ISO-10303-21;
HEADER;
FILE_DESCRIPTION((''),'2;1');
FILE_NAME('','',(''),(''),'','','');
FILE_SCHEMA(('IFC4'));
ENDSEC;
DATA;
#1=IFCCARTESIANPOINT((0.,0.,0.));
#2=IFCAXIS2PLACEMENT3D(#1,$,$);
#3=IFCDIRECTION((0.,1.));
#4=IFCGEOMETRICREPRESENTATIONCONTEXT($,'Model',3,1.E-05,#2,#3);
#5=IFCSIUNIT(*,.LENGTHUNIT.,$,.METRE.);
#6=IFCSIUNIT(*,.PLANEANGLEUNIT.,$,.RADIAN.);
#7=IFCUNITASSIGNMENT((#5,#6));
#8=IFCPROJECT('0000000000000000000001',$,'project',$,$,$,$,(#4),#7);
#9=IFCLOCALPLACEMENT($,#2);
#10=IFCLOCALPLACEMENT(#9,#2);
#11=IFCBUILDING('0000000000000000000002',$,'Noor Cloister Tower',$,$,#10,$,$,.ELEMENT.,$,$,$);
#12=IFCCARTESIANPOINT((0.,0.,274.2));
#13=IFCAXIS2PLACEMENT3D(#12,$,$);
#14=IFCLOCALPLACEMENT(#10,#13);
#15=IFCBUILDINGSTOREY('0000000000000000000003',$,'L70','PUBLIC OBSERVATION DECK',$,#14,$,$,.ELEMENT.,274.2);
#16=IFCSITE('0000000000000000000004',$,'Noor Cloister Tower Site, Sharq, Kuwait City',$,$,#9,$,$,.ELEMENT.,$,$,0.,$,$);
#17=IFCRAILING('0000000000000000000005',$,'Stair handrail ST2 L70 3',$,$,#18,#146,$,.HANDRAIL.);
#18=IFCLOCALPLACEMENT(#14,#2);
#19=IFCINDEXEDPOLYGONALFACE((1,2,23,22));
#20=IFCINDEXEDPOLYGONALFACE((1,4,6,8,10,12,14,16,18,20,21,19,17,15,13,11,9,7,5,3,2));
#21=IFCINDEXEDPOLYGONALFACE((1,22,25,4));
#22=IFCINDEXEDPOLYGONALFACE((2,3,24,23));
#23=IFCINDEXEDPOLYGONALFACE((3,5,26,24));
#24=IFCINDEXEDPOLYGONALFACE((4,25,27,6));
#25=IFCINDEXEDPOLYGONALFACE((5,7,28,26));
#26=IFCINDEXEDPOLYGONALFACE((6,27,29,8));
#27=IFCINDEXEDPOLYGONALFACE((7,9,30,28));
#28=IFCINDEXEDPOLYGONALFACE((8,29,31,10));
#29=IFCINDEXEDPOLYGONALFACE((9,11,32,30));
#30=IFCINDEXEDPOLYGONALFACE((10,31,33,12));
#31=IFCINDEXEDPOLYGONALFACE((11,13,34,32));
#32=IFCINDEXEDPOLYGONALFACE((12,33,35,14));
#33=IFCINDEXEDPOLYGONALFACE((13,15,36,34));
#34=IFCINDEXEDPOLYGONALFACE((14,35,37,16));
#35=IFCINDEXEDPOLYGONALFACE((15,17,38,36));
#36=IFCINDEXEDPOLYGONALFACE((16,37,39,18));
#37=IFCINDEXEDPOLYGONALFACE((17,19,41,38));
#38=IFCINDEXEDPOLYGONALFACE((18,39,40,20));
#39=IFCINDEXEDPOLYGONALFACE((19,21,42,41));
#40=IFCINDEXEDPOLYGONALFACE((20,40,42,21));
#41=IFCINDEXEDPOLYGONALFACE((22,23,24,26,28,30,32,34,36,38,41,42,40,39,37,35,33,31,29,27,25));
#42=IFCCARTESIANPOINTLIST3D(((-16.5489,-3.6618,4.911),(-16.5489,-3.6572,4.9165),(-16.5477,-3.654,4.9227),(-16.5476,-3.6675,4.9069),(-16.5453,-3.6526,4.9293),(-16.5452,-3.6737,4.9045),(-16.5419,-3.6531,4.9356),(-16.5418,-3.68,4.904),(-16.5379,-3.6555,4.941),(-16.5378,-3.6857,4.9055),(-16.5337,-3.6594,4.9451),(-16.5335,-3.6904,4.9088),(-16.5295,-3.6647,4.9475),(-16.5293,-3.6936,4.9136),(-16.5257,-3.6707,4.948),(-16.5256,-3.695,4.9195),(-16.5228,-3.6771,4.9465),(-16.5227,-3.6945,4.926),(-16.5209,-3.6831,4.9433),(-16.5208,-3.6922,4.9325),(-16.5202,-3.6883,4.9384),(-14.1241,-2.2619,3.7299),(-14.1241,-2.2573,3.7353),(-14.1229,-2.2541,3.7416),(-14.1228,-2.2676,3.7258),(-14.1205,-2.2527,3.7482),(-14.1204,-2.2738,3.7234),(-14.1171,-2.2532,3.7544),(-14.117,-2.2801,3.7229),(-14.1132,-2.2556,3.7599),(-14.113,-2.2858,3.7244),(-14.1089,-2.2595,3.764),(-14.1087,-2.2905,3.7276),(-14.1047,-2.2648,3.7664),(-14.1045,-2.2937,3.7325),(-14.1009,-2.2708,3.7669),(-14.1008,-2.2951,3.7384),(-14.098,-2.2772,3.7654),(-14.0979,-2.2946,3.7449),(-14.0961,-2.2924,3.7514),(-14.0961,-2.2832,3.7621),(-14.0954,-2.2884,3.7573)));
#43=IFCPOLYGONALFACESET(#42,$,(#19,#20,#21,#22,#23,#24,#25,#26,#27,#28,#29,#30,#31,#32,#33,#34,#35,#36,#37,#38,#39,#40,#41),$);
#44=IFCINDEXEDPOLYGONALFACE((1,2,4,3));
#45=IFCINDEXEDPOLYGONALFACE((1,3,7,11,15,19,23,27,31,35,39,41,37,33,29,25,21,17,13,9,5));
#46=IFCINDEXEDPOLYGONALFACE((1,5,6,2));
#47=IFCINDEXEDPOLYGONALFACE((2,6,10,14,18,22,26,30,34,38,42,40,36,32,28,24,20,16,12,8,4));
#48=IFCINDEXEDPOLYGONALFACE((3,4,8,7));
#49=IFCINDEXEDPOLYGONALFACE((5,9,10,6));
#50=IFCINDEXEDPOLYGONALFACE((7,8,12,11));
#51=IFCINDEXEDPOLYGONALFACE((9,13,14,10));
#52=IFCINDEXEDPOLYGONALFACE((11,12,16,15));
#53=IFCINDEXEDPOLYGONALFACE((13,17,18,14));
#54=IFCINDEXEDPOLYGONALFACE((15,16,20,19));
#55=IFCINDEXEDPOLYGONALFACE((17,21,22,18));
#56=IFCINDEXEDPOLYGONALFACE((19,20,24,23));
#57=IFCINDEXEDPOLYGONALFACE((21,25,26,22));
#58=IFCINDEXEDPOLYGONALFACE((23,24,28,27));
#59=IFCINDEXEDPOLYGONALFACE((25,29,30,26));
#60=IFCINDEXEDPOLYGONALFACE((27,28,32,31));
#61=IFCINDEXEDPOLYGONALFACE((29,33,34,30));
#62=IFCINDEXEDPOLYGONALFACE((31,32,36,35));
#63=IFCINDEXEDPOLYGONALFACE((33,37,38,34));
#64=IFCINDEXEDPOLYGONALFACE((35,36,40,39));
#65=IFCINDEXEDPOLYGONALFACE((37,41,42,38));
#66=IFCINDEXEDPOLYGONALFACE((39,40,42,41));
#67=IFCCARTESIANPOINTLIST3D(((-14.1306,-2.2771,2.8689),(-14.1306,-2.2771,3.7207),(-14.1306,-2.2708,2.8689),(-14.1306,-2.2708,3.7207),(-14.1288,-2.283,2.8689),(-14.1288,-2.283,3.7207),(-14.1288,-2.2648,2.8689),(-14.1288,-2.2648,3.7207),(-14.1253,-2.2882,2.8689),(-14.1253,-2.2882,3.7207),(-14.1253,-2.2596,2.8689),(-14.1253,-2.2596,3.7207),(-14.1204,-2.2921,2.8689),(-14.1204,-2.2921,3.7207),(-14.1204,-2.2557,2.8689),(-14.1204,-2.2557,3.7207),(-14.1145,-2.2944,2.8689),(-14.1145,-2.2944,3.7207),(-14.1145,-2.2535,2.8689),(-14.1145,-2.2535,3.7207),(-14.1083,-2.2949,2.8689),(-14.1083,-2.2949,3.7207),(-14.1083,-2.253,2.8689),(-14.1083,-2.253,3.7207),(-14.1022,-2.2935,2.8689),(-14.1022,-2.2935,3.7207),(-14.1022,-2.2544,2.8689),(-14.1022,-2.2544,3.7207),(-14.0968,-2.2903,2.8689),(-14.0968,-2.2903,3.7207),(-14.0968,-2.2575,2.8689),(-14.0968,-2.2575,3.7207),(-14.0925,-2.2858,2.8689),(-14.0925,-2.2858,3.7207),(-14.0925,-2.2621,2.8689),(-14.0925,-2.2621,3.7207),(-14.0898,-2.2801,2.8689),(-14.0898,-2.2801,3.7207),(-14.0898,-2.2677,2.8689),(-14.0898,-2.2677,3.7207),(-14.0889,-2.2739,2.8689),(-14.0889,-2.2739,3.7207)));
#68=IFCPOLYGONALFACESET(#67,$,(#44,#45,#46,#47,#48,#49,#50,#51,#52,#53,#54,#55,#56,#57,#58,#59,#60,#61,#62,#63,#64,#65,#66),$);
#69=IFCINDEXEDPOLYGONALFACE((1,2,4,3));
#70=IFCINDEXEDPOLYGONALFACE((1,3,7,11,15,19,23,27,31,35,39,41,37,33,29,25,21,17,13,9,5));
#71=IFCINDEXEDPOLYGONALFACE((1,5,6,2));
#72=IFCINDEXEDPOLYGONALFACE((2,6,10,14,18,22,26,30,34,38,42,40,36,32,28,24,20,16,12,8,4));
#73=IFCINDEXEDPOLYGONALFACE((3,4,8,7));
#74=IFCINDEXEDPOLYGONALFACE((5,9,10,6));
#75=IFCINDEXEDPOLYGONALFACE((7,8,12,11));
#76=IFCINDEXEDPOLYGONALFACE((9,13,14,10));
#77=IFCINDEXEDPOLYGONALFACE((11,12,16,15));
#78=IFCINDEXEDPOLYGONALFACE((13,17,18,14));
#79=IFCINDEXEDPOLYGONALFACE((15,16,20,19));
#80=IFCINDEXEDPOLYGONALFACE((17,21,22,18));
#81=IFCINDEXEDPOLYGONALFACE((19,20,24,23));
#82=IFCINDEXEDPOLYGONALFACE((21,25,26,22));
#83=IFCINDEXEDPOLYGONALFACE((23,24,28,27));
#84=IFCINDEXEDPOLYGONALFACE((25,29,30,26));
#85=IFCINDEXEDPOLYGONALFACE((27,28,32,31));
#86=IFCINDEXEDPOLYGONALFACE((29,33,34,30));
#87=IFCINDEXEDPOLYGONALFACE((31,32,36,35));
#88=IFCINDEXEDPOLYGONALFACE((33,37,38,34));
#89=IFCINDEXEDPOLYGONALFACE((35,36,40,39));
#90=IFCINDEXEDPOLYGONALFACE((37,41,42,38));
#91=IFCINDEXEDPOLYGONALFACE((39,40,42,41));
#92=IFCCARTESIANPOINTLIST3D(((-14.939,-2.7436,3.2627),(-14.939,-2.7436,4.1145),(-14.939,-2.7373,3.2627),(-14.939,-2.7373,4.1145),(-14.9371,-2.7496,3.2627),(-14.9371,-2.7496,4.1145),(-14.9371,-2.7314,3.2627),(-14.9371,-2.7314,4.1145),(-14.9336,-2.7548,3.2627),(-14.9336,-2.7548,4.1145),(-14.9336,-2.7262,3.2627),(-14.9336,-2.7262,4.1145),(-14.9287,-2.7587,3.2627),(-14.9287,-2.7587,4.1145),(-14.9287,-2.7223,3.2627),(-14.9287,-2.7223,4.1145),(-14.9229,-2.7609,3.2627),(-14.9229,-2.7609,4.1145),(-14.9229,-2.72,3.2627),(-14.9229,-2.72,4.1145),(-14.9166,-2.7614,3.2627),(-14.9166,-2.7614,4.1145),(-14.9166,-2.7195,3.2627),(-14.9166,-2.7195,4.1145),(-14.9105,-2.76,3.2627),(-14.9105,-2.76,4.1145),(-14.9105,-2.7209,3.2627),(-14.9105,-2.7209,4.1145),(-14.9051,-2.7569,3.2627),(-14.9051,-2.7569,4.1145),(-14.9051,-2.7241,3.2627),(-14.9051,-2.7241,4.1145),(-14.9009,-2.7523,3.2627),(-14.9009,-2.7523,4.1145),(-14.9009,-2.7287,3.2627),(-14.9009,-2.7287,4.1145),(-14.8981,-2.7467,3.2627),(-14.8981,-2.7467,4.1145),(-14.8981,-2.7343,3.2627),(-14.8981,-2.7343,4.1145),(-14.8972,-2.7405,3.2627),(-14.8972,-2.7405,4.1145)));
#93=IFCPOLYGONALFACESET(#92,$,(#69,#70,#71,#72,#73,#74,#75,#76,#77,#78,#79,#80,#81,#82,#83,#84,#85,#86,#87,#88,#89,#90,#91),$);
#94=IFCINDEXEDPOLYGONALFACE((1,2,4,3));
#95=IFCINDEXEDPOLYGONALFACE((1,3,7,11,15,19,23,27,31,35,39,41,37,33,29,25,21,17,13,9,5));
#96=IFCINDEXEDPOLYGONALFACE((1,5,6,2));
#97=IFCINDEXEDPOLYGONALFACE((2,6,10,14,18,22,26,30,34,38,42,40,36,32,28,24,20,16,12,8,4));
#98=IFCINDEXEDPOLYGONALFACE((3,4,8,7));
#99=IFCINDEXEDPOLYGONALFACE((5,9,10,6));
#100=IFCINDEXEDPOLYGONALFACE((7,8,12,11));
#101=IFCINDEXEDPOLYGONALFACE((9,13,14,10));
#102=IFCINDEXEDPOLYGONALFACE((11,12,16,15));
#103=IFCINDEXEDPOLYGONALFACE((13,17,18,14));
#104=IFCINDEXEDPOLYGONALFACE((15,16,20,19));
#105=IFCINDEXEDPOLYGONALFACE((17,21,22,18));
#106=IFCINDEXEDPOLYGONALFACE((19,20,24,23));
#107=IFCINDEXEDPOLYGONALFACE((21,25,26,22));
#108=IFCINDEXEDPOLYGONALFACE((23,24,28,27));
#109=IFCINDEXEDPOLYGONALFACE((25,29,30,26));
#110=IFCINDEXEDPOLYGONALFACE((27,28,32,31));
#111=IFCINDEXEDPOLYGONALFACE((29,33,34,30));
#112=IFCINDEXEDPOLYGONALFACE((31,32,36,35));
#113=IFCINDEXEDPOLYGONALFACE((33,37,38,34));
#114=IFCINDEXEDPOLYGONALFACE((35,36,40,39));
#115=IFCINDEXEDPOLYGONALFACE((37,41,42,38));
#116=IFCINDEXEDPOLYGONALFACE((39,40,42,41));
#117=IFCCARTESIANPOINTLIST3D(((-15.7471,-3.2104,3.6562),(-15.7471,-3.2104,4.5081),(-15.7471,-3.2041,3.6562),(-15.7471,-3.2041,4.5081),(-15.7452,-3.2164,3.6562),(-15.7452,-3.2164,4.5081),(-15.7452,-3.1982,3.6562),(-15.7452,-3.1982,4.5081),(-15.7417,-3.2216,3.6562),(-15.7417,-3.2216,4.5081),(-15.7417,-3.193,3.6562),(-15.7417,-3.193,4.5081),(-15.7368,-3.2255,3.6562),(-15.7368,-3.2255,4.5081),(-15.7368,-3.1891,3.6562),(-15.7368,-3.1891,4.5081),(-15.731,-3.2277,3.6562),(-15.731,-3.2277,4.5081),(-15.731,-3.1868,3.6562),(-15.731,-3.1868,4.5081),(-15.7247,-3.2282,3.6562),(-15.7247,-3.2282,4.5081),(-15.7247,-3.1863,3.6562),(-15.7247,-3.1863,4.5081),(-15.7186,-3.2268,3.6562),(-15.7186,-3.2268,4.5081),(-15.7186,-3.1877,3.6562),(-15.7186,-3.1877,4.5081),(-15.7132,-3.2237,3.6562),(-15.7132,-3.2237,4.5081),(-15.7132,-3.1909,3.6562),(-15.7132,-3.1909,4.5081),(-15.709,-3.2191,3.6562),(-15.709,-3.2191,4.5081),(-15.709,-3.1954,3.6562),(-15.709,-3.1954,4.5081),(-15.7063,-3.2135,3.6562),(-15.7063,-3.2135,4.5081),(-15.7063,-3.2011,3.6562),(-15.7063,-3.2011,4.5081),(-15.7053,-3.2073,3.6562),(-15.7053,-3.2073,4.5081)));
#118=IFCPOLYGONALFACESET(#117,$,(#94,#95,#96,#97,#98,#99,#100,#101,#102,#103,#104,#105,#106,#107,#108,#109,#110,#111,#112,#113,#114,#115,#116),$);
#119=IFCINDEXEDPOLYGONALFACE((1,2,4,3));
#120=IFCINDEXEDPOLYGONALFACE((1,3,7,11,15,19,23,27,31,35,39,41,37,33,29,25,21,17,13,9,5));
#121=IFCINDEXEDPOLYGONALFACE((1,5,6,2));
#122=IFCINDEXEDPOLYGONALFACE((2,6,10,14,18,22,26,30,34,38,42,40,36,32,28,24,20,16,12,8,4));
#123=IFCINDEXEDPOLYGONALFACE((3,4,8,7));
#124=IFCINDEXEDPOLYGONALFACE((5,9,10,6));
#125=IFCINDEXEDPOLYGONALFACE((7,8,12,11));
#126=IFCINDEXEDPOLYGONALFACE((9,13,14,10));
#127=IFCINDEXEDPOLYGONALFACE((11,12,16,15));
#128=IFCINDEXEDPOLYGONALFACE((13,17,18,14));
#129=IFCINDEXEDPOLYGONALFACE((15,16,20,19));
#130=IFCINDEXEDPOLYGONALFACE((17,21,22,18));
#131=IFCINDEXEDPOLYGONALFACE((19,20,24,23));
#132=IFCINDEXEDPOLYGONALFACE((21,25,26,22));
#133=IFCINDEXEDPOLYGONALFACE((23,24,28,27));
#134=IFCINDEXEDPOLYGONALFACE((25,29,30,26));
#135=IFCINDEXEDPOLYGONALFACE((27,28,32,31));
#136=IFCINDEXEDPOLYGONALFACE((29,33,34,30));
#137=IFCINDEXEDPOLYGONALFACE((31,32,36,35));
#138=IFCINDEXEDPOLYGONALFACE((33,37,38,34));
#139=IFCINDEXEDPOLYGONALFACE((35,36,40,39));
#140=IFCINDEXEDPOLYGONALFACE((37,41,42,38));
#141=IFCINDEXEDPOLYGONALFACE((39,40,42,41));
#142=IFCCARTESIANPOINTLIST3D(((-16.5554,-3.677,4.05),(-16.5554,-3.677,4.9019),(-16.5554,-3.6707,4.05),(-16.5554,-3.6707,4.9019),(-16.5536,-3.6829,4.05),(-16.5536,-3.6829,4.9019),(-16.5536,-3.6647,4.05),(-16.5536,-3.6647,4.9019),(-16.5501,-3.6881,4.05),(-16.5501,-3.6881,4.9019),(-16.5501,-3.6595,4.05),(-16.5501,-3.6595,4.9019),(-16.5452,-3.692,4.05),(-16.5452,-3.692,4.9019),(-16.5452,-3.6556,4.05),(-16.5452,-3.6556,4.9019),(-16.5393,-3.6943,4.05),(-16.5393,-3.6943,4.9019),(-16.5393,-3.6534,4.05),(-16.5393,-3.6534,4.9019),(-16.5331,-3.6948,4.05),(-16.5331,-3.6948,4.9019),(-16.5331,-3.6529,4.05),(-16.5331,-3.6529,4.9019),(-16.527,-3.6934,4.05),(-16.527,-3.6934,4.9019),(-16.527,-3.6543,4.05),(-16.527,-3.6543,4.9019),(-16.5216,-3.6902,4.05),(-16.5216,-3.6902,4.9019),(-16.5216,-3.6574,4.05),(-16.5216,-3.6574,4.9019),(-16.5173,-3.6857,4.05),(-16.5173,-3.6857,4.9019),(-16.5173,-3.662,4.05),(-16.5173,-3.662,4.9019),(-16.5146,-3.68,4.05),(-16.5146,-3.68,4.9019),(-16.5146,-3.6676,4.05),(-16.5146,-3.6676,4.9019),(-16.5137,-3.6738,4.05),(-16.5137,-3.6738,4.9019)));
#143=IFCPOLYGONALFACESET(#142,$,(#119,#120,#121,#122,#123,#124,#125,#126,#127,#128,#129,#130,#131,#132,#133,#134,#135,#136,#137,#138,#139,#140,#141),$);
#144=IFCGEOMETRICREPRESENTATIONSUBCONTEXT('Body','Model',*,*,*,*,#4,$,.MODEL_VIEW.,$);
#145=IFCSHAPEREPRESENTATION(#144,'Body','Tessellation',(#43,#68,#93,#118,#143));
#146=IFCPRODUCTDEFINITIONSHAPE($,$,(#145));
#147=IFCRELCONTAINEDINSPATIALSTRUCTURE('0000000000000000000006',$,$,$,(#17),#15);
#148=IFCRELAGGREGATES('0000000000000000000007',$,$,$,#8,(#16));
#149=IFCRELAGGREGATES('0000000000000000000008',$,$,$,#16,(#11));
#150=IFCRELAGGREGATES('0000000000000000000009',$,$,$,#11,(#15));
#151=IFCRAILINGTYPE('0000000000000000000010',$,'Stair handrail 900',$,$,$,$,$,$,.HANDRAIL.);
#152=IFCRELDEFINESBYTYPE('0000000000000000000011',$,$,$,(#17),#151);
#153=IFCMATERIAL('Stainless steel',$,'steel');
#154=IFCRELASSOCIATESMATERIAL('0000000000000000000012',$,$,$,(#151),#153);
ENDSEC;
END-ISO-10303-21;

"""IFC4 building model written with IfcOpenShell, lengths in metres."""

from ifc_helpers import new_model, si_unit, direction, frame, origin, origin_2d, place, context, subcontext, project, spatial, circle, extrude, material, type_object, element, save


model = new_model("IFC4")

# Units and contexts
model_context = context("Model", 3, precision=1e-05, world=origin(), true_north=direction((0.0, 1.0)))
body_context = subcontext(model_context, "Body", "Model", "MODEL_VIEW")
ifc_project = project(units=[si_unit("LENGTHUNIT", "METRE"), si_unit("PLANEANGLEUNIT", "RADIAN")], contexts=[model_context])

# Site, building, storey
site_placement = place(None, origin())
site = spatial("IfcSite", under=ifc_project, at=site_placement, Name="Noor Cloister Tower Site, Sharq, Kuwait City", CompositionType="ELEMENT", RefElevation=0.0)
building_placement = place(site_placement, origin())
building = spatial("IfcBuilding", under=site, at=building_placement, Name="Noor Cloister Tower", CompositionType="ELEMENT")
storey_placement = place(building_placement, frame((0.0, 0.0, 274.2)))
storey = spatial("IfcBuildingStorey", under=building, at=storey_placement, Name="L70", Description="PUBLIC OBSERVATION DECK", CompositionType="ELEMENT", Elevation=274.2)

# Railing
ifc_material_1 = material(Name="Stainless steel", Category="steel")
railing_type_1 = type_object("IfcRailingType", Name="Stair handrail 900", PredefinedType="HANDRAIL", material=ifc_material_1)
railing_1_placement = place(storey_placement, frame((-14.1099, -2.2739, 2.8689)))
element("IfcRailing", 1, at=railing_1_placement, inside=storey, type_object=railing_type_1, Name="Stair handrail ST2 L70 3", PredefinedType="HANDRAIL", context=body_context, shape_type="SweptSolid", body=[
    extrude(circle(Radius=0.0239, at=origin_2d()), frame((0.0, 0.0, 0.876), z_axis=(-0.797939, -0.460671, 0.388686), x_axis=(0.499984, -0.866035, 0.0)), (0.0, 0.0, 1.0), 3.0388),
    extrude(circle(Radius=0.021, at=origin_2d()), origin(), (0.0, 0.0, 1.0), 0.8518),
    extrude(circle(Radius=0.021, at=origin_2d()), frame((-0.8083, -0.4666, 0.3938)), (0.0, 0.0, 1.0), 0.8518),
    extrude(circle(Radius=0.021, at=origin_2d()), frame((-1.6165, -0.9333, 0.7874)), (0.0, 0.0, 1.0), 0.8518),
    extrude(circle(Radius=0.021, at=origin_2d()), frame((-2.4248, -1.3999, 1.1812)), (0.0, 0.0, 1.0), 0.8518),
])

save(model, "model.ifc")
